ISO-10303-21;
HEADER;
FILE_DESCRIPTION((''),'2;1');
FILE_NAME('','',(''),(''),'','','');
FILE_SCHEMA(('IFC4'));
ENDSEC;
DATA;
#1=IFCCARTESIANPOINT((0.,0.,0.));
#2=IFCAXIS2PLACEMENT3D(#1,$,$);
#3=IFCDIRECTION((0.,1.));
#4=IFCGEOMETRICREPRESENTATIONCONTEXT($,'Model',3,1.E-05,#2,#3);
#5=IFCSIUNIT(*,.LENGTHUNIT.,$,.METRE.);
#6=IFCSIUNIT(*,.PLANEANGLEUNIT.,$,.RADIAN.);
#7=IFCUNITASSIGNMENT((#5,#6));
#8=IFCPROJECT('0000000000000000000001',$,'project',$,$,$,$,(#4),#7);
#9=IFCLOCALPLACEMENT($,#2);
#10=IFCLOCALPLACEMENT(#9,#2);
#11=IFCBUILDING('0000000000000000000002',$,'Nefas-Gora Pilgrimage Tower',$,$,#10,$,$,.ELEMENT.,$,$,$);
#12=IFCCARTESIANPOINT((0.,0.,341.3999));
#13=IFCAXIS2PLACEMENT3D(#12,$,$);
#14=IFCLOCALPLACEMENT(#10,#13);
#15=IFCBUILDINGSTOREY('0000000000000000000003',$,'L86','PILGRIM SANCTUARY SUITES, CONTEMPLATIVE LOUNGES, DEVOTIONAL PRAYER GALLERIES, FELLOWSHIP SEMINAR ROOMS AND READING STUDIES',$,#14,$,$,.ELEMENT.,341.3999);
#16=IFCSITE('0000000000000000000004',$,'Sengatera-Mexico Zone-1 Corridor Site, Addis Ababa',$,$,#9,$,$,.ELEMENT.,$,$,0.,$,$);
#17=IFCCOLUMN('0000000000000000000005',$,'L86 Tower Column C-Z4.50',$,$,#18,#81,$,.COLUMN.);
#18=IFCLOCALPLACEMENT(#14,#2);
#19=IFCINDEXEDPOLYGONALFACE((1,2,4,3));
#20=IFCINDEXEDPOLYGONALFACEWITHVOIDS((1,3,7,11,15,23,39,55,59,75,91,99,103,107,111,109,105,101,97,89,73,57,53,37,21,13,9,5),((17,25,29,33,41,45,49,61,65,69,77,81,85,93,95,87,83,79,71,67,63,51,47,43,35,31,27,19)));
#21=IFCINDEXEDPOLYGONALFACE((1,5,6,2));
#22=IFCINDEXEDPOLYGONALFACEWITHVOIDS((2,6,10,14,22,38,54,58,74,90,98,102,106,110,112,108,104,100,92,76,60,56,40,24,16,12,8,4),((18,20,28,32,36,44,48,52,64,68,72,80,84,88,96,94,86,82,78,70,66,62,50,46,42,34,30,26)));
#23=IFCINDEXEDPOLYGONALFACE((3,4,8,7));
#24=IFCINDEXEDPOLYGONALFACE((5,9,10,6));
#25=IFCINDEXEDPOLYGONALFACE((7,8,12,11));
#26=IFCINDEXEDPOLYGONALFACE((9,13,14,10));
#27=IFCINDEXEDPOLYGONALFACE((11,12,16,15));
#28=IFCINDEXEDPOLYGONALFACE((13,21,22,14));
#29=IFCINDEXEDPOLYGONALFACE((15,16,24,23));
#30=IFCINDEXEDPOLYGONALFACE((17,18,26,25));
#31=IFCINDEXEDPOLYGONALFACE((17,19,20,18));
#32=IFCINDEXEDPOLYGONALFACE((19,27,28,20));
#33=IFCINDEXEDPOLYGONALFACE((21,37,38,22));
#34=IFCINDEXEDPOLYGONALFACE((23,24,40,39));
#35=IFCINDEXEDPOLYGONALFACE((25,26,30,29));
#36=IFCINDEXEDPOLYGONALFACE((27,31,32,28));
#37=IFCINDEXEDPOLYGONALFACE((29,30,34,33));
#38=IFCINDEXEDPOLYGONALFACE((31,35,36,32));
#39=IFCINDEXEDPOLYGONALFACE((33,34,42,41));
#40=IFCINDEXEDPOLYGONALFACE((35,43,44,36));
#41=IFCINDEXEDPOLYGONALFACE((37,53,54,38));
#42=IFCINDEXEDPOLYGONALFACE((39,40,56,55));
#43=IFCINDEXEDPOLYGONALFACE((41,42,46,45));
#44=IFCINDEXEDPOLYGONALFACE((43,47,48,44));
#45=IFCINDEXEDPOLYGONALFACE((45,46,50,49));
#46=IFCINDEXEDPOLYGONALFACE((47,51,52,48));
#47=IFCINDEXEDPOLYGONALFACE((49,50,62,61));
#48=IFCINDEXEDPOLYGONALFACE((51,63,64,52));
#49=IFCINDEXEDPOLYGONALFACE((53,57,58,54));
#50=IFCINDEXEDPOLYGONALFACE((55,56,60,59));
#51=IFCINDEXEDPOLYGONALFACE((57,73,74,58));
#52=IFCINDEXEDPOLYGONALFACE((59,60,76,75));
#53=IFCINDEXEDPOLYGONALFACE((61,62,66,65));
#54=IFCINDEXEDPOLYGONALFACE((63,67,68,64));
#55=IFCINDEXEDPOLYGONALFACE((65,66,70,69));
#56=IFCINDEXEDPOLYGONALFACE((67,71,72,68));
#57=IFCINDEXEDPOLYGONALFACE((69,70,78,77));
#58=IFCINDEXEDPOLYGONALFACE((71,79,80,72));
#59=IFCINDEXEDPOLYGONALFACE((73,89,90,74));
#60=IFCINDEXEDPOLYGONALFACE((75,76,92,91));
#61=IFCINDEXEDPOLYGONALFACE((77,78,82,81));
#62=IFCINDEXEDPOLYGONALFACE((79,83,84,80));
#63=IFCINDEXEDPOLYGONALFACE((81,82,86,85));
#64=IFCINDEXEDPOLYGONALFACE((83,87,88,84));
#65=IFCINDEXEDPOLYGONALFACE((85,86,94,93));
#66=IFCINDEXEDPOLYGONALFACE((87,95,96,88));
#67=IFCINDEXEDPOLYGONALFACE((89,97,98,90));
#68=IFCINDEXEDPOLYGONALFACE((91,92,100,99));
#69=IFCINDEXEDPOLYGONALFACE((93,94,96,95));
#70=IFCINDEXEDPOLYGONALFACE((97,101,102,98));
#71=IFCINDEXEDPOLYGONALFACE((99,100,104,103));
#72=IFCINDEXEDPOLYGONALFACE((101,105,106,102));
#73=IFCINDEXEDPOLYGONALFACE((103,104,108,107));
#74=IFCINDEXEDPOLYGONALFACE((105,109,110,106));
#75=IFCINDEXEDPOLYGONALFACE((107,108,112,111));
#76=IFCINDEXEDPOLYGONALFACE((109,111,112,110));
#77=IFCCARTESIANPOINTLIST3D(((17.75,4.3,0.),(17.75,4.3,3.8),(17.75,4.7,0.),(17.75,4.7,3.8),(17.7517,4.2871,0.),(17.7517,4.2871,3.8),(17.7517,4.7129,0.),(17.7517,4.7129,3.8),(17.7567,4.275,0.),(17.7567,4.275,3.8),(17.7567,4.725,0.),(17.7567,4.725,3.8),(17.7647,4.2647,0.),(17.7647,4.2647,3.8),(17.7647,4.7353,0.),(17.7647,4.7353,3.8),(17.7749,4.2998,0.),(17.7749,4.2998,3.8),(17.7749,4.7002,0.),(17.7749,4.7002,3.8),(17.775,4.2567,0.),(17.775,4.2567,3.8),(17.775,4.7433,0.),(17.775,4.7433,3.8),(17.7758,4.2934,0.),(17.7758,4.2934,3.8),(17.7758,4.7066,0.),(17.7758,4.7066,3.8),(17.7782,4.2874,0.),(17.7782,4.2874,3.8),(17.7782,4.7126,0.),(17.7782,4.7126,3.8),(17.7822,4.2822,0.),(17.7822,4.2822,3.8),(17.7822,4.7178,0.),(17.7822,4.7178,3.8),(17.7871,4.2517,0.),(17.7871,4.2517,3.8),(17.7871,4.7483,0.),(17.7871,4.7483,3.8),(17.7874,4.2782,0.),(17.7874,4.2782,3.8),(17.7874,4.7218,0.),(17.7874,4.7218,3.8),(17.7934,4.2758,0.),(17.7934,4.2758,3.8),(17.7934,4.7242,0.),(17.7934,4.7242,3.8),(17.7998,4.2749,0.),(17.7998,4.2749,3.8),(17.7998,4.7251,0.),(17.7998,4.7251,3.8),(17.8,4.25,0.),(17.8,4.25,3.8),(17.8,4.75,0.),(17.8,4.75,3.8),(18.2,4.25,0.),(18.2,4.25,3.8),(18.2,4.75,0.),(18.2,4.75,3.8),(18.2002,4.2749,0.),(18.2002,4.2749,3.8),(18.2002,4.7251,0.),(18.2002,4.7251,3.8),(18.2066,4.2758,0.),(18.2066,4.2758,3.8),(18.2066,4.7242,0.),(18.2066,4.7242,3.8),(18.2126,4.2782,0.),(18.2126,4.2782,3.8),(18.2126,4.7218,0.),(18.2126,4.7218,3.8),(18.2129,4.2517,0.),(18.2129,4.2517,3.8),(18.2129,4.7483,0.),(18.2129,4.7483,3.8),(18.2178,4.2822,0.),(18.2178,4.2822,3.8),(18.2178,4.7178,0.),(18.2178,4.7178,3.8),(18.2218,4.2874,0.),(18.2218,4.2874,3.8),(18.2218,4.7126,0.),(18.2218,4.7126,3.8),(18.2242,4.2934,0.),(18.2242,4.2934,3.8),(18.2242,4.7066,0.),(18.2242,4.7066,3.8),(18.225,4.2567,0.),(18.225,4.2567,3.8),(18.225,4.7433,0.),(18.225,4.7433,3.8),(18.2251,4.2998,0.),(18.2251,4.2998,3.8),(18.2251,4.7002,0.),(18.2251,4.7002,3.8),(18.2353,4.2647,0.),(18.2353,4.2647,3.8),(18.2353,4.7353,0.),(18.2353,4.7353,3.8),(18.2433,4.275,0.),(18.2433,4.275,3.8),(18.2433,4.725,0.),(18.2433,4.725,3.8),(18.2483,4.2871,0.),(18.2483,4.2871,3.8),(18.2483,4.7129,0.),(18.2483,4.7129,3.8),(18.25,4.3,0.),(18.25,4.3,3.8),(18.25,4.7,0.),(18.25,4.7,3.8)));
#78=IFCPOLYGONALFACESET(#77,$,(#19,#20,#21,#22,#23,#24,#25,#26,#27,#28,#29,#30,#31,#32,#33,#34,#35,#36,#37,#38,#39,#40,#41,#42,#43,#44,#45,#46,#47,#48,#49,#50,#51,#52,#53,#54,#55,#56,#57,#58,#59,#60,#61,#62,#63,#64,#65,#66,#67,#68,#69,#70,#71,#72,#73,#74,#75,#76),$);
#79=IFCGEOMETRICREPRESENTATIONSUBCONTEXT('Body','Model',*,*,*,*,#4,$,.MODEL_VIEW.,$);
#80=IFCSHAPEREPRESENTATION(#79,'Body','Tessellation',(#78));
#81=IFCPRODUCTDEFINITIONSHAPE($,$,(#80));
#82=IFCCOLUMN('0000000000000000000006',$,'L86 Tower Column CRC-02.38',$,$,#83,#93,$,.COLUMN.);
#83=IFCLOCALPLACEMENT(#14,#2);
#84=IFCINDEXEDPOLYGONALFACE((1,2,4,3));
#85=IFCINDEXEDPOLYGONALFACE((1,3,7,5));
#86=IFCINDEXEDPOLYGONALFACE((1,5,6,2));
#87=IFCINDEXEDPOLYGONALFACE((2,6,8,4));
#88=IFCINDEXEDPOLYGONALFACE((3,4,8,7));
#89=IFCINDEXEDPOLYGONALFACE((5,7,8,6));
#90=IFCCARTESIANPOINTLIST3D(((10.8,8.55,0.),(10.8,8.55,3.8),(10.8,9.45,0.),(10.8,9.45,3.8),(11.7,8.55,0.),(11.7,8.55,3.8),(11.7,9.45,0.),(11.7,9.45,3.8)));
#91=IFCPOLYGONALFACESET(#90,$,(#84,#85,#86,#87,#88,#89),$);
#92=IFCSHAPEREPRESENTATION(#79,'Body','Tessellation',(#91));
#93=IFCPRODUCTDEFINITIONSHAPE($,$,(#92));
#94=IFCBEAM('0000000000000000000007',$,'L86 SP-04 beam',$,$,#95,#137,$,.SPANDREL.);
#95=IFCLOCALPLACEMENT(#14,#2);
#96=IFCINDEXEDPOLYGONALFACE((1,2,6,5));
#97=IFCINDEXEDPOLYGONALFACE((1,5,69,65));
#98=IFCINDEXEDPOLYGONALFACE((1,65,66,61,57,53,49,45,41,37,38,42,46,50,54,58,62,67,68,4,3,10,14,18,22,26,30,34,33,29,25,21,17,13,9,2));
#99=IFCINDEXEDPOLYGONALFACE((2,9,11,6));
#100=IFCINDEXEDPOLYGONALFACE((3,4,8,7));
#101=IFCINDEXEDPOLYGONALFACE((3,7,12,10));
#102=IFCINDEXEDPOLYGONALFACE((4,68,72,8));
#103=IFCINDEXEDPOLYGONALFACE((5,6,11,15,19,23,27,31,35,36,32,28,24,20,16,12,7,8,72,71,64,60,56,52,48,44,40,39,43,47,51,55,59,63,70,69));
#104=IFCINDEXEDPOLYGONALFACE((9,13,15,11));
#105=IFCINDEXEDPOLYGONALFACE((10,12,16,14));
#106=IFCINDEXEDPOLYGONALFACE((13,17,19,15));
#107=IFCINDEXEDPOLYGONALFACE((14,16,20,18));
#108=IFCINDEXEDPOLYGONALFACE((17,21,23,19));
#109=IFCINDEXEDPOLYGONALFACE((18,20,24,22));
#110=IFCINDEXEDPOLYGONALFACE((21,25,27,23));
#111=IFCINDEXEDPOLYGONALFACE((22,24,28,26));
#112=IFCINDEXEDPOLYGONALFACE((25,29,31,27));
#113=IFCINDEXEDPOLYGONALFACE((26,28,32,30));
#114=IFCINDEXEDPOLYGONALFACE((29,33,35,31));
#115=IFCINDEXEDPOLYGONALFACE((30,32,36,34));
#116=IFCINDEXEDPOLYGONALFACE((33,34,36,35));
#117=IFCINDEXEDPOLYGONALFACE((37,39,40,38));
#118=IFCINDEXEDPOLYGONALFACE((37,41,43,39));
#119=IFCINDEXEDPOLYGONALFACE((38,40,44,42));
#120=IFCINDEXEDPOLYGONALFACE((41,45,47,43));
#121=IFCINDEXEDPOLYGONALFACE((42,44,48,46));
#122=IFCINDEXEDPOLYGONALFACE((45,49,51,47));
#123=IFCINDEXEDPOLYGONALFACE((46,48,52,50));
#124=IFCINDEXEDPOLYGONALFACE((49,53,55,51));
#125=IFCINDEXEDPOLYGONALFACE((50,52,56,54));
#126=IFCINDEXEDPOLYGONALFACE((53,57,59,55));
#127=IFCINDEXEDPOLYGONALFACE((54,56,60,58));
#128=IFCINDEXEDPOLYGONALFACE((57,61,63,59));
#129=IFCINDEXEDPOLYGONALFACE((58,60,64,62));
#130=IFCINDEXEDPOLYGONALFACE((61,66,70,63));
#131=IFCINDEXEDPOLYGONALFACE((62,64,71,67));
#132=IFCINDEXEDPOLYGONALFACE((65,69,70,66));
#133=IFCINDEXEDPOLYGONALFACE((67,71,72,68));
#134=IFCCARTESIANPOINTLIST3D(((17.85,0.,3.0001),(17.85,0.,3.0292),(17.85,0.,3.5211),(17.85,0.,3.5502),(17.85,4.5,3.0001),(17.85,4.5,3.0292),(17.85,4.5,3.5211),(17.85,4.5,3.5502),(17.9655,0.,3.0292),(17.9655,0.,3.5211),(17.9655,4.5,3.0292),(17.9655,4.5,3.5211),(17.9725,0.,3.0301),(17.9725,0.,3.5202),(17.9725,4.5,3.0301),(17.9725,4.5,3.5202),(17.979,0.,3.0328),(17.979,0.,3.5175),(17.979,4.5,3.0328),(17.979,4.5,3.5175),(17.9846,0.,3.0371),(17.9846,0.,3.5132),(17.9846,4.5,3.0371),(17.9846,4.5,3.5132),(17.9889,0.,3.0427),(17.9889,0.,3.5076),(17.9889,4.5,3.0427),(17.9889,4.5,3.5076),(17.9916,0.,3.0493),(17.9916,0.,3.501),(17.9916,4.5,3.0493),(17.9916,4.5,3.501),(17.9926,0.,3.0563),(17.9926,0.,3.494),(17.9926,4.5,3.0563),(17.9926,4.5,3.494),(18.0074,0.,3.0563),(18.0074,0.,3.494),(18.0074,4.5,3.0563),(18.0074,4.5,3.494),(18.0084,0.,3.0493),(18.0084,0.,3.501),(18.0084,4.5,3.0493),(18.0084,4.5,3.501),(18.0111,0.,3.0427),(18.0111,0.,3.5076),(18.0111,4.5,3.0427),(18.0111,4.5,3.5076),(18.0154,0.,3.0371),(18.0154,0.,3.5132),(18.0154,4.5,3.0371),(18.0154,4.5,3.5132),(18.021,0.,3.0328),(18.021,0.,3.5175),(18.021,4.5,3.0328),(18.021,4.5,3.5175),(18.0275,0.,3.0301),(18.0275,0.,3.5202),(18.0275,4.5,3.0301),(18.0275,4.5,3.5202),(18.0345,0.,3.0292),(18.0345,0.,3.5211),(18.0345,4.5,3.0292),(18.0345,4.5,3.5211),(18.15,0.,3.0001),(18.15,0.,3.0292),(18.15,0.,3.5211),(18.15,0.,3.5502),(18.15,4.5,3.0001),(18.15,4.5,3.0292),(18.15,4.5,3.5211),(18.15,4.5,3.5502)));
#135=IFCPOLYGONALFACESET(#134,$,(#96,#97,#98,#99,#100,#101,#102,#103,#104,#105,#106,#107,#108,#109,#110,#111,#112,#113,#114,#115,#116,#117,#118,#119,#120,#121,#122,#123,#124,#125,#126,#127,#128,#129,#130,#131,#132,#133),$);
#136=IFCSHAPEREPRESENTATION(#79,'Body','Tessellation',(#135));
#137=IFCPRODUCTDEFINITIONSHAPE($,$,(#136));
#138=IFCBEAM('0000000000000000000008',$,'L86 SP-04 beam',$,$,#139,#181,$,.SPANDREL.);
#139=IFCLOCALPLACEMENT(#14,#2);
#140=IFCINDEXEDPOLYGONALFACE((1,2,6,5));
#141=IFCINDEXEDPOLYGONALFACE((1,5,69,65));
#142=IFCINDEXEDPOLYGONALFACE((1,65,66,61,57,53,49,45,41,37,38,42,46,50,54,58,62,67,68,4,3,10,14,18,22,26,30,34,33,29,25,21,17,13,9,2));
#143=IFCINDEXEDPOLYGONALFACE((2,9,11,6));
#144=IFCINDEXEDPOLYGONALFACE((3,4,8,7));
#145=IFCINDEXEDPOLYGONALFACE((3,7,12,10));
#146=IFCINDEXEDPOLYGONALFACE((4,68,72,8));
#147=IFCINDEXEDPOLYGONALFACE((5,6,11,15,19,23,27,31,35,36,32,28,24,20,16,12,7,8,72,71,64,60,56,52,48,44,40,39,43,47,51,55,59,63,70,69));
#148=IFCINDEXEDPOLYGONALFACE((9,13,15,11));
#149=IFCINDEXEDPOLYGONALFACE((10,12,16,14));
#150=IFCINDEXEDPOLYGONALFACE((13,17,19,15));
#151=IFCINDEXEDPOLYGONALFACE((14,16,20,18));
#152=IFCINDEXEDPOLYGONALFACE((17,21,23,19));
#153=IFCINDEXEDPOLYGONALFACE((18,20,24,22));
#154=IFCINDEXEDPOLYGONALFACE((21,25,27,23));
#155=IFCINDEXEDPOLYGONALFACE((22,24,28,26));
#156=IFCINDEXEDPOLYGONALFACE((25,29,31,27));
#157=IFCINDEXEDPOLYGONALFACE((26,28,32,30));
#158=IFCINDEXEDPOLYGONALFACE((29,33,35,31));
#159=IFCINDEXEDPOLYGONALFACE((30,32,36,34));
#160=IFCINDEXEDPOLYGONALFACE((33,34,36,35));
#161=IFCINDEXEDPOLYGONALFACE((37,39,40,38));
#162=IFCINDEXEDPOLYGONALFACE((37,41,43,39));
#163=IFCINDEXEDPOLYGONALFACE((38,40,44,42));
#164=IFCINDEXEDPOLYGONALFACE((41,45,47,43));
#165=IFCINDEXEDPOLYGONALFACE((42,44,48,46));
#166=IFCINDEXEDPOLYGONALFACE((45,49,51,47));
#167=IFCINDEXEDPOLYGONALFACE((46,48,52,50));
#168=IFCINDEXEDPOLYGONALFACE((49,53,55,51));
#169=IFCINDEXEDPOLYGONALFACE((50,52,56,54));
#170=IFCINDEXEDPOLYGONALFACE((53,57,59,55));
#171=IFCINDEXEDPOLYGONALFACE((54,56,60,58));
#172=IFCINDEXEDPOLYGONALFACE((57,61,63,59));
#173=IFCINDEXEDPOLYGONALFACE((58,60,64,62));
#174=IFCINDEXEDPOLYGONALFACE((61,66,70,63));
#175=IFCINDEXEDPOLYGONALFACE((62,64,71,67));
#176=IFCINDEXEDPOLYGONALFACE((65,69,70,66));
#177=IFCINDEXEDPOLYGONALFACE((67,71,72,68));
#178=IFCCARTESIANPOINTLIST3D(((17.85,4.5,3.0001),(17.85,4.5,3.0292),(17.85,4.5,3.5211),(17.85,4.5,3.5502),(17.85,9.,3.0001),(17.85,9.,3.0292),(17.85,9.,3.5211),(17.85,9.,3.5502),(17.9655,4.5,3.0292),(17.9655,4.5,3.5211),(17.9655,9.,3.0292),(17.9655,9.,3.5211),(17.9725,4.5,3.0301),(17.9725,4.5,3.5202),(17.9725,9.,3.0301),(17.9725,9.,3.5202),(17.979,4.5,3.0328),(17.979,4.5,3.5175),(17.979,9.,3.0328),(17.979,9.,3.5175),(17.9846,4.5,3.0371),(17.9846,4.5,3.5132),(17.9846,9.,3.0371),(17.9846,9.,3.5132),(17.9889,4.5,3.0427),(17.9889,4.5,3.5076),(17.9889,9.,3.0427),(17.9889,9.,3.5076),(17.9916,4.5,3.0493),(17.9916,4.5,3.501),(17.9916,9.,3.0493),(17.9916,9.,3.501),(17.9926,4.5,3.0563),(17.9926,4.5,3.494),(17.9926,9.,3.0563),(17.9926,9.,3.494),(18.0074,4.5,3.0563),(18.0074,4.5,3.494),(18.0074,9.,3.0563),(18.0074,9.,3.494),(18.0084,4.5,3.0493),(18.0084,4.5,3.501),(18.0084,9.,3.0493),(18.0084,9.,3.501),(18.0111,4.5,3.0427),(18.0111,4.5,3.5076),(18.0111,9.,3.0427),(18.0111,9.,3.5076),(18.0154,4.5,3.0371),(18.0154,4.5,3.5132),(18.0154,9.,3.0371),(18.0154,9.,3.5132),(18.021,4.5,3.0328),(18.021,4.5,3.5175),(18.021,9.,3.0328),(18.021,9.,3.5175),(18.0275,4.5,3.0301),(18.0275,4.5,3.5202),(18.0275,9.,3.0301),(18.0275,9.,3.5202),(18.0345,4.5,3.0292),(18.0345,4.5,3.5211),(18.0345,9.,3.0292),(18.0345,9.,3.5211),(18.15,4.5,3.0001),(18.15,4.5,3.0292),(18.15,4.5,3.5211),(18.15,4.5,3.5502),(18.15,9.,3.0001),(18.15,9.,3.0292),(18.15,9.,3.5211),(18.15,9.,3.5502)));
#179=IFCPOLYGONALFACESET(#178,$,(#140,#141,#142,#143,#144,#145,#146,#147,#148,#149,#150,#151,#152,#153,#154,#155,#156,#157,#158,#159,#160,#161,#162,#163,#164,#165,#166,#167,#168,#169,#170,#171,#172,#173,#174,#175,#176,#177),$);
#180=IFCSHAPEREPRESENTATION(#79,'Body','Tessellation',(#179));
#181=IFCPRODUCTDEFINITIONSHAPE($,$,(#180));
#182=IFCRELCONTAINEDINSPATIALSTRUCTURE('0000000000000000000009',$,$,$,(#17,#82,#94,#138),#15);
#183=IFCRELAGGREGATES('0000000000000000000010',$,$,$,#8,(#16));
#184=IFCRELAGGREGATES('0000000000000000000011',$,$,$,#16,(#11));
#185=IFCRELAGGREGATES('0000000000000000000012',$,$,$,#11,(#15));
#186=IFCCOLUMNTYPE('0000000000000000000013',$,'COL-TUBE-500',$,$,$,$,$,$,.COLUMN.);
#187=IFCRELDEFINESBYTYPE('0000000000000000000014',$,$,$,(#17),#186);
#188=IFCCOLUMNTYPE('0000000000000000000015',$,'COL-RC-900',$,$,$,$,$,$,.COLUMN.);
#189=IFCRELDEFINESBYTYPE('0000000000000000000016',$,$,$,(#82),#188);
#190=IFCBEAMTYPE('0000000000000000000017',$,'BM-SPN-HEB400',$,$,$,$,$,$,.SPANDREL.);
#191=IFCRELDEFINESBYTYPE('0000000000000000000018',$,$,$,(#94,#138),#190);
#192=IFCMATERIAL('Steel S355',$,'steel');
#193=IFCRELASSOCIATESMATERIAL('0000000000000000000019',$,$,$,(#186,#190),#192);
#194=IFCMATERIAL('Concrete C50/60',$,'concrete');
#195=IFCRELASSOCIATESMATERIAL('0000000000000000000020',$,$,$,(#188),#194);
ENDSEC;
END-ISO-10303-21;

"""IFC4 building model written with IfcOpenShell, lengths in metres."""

from ifc_helpers import new_model, si_unit, direction, frame, origin, origin_2d, place, context, subcontext, project, spatial, rectangle, hollow_rectangle, i_section, extrude, source, transform, mapped, material, material_profile, profile_set, type_object, element, save


model = new_model("IFC4")

# Units and contexts
model_context = context("Model", 3, precision=1e-05, world=origin(), true_north=direction((0.0, 1.0)))
body_context = subcontext(model_context, "Body", "Model", "MODEL_VIEW")
ifc_project = project(units=[si_unit("LENGTHUNIT", "METRE"), si_unit("PLANEANGLEUNIT", "RADIAN")], contexts=[model_context])

# Site, building, storey
site_placement = place(None, origin())
site = spatial("IfcSite", under=ifc_project, at=site_placement, Name="Sengatera-Mexico Zone-1 Corridor Site, Addis Ababa", CompositionType="ELEMENT", RefElevation=0.0)
building_placement = place(site_placement, origin())
building = spatial("IfcBuilding", under=site, at=building_placement, Name="Nefas-Gora Pilgrimage Tower", CompositionType="ELEMENT")
storey_placement = place(building_placement, frame((0.0, 0.0, 341.3999)))
storey = spatial("IfcBuildingStorey", under=building, at=storey_placement, Name="L86", Description="PILGRIM SANCTUARY SUITES, CONTEMPLATIVE LOUNGES, DEVOTIONAL PRAYER GALLERIES, FELLOWSHIP SEMINAR ROOMS AND READING STUDIES", CompositionType="ELEMENT", Elevation=341.3999)

# Columns
ifc_material_1 = material(Name="Steel S355", Category="steel")
ifc_material_profile_1 = material_profile(ifc_material_1, hollow_rectangle(XDim=0.5, YDim=0.5, WallThickness=0.0249, InnerFilletRadius=0.0249, OuterFilletRadius=0.05, at=origin_2d()), Name="SHS 500x500x25")
ifc_profile_set_1 = profile_set([ifc_material_profile_1], Name="Steel S355")
column_type_1 = type_object("IfcColumnType", Name="COL-TUBE-500", PredefinedType="COLUMN", material=ifc_profile_set_1)
shared_shape_1 = source(origin(), body_context, "Body", "SweptSolid", [
    extrude(hollow_rectangle(XDim=0.5, YDim=0.5, WallThickness=0.0249, InnerFilletRadius=0.0249, OuterFilletRadius=0.05, at=origin_2d()), origin(), (0.0, 0.0, 1.0), 3.8),
])
for number, where, z_axis, x_axis, name in (
    (1, (18.0, 4.5, 0.0), (0.0, 0.0, 1.0), (1.0, 0.0, 0.0), "L86 Tower Column C-Z4.50"),
):
    element("IfcColumn", number, at=place(storey_placement, frame(where, z_axis=z_axis, x_axis=x_axis)), inside=storey, type_object=column_type_1, Name=name, PredefinedType="COLUMN", context=body_context, shape_type="MappedRepresentation", body=[
        mapped(shared_shape_1, transform((0.0, 0.0, 0.0), x_axis=(1.0, 0.0, 0.0), y_axis=(0.0, 1.0, 0.0), z_axis=(0.0, 0.0, 1.0), scale=1.0)),
    ])
ifc_material_2 = material(Name="Concrete C50/60", Category="concrete")
ifc_material_profile_2 = material_profile(ifc_material_2, rectangle(XDim=0.8999, YDim=0.8999, at=origin_2d()), Name="RC 900x900")
ifc_profile_set_2 = profile_set([ifc_material_profile_2], Name="Concrete C50/60")
column_type_2 = type_object("IfcColumnType", Name="COL-RC-900", PredefinedType="COLUMN", material=ifc_profile_set_2)
shared_shape_2 = source(origin(), body_context, "Body", "SweptSolid", [
    extrude(rectangle(XDim=0.8999, YDim=0.8999, at=origin_2d()), origin(), (0.0, 0.0, 1.0), 3.8),
])
column_placement = place(storey_placement, frame((11.25, 9.0, 0.0), z_axis=(0.0, 0.0, 1.0), x_axis=(1.0, 0.0, 0.0)))
element("IfcColumn", 2, at=column_placement, inside=storey, type_object=column_type_2, Name="L86 Tower Column CRC-02.38", PredefinedType="COLUMN", context=body_context, shape_type="MappedRepresentation", body=[
    mapped(shared_shape_2, transform((0.0, 0.0, 0.0), x_axis=(1.0, 0.0, 0.0), y_axis=(0.0, 1.0, 0.0), z_axis=(0.0, 0.0, 1.0), scale=1.0)),
])

# Beams
ifc_material_profile_3 = material_profile(ifc_material_1, i_section(OverallWidth=0.3, OverallDepth=0.55, WebThickness=0.0149, FlangeThickness=0.0291, FilletRadius=0.0271, at=origin_2d()), Name="HEB 550")
ifc_profile_set_3 = profile_set([ifc_material_profile_3], Name="Steel S355")
beam_type_1 = type_object("IfcBeamType", Name="BM-SPN-HEB400", PredefinedType="SPANDREL", material=ifc_profile_set_3)
shared_shape_3 = source(origin(), body_context, "Body", "SweptSolid", [
    extrude(i_section(OverallWidth=0.3, OverallDepth=0.55, WebThickness=0.0149, FlangeThickness=0.0291, FilletRadius=0.0271, at=origin_2d()), origin(), (0.0, 0.0, 1.0), 4.5),
])
for number, where, z_axis, x_axis, name in (
    (3, (18.0, 0.0, 3.2751), (0.0, 1.0, 0.0), (-1.0, 0.0, 0.0), "L86 SP-04 beam"),
    (4, (18.0, 4.5, 3.2751), (0.0, 1.0, 0.0), (-1.0, 0.0, 0.0), "L86 SP-04 beam"),
):
    element("IfcBeam", number, at=place(storey_placement, frame(where, z_axis=z_axis, x_axis=x_axis)), inside=storey, type_object=beam_type_1, Name=name, PredefinedType="SPANDREL", context=body_context, shape_type="MappedRepresentation", body=[
        mapped(shared_shape_3, transform((0.0, 0.0, 0.0), x_axis=(1.0, 0.0, 0.0), y_axis=(0.0, 1.0, 0.0), z_axis=(0.0, 0.0, 1.0), scale=1.0)),
    ])

save(model, "model.ifc")
